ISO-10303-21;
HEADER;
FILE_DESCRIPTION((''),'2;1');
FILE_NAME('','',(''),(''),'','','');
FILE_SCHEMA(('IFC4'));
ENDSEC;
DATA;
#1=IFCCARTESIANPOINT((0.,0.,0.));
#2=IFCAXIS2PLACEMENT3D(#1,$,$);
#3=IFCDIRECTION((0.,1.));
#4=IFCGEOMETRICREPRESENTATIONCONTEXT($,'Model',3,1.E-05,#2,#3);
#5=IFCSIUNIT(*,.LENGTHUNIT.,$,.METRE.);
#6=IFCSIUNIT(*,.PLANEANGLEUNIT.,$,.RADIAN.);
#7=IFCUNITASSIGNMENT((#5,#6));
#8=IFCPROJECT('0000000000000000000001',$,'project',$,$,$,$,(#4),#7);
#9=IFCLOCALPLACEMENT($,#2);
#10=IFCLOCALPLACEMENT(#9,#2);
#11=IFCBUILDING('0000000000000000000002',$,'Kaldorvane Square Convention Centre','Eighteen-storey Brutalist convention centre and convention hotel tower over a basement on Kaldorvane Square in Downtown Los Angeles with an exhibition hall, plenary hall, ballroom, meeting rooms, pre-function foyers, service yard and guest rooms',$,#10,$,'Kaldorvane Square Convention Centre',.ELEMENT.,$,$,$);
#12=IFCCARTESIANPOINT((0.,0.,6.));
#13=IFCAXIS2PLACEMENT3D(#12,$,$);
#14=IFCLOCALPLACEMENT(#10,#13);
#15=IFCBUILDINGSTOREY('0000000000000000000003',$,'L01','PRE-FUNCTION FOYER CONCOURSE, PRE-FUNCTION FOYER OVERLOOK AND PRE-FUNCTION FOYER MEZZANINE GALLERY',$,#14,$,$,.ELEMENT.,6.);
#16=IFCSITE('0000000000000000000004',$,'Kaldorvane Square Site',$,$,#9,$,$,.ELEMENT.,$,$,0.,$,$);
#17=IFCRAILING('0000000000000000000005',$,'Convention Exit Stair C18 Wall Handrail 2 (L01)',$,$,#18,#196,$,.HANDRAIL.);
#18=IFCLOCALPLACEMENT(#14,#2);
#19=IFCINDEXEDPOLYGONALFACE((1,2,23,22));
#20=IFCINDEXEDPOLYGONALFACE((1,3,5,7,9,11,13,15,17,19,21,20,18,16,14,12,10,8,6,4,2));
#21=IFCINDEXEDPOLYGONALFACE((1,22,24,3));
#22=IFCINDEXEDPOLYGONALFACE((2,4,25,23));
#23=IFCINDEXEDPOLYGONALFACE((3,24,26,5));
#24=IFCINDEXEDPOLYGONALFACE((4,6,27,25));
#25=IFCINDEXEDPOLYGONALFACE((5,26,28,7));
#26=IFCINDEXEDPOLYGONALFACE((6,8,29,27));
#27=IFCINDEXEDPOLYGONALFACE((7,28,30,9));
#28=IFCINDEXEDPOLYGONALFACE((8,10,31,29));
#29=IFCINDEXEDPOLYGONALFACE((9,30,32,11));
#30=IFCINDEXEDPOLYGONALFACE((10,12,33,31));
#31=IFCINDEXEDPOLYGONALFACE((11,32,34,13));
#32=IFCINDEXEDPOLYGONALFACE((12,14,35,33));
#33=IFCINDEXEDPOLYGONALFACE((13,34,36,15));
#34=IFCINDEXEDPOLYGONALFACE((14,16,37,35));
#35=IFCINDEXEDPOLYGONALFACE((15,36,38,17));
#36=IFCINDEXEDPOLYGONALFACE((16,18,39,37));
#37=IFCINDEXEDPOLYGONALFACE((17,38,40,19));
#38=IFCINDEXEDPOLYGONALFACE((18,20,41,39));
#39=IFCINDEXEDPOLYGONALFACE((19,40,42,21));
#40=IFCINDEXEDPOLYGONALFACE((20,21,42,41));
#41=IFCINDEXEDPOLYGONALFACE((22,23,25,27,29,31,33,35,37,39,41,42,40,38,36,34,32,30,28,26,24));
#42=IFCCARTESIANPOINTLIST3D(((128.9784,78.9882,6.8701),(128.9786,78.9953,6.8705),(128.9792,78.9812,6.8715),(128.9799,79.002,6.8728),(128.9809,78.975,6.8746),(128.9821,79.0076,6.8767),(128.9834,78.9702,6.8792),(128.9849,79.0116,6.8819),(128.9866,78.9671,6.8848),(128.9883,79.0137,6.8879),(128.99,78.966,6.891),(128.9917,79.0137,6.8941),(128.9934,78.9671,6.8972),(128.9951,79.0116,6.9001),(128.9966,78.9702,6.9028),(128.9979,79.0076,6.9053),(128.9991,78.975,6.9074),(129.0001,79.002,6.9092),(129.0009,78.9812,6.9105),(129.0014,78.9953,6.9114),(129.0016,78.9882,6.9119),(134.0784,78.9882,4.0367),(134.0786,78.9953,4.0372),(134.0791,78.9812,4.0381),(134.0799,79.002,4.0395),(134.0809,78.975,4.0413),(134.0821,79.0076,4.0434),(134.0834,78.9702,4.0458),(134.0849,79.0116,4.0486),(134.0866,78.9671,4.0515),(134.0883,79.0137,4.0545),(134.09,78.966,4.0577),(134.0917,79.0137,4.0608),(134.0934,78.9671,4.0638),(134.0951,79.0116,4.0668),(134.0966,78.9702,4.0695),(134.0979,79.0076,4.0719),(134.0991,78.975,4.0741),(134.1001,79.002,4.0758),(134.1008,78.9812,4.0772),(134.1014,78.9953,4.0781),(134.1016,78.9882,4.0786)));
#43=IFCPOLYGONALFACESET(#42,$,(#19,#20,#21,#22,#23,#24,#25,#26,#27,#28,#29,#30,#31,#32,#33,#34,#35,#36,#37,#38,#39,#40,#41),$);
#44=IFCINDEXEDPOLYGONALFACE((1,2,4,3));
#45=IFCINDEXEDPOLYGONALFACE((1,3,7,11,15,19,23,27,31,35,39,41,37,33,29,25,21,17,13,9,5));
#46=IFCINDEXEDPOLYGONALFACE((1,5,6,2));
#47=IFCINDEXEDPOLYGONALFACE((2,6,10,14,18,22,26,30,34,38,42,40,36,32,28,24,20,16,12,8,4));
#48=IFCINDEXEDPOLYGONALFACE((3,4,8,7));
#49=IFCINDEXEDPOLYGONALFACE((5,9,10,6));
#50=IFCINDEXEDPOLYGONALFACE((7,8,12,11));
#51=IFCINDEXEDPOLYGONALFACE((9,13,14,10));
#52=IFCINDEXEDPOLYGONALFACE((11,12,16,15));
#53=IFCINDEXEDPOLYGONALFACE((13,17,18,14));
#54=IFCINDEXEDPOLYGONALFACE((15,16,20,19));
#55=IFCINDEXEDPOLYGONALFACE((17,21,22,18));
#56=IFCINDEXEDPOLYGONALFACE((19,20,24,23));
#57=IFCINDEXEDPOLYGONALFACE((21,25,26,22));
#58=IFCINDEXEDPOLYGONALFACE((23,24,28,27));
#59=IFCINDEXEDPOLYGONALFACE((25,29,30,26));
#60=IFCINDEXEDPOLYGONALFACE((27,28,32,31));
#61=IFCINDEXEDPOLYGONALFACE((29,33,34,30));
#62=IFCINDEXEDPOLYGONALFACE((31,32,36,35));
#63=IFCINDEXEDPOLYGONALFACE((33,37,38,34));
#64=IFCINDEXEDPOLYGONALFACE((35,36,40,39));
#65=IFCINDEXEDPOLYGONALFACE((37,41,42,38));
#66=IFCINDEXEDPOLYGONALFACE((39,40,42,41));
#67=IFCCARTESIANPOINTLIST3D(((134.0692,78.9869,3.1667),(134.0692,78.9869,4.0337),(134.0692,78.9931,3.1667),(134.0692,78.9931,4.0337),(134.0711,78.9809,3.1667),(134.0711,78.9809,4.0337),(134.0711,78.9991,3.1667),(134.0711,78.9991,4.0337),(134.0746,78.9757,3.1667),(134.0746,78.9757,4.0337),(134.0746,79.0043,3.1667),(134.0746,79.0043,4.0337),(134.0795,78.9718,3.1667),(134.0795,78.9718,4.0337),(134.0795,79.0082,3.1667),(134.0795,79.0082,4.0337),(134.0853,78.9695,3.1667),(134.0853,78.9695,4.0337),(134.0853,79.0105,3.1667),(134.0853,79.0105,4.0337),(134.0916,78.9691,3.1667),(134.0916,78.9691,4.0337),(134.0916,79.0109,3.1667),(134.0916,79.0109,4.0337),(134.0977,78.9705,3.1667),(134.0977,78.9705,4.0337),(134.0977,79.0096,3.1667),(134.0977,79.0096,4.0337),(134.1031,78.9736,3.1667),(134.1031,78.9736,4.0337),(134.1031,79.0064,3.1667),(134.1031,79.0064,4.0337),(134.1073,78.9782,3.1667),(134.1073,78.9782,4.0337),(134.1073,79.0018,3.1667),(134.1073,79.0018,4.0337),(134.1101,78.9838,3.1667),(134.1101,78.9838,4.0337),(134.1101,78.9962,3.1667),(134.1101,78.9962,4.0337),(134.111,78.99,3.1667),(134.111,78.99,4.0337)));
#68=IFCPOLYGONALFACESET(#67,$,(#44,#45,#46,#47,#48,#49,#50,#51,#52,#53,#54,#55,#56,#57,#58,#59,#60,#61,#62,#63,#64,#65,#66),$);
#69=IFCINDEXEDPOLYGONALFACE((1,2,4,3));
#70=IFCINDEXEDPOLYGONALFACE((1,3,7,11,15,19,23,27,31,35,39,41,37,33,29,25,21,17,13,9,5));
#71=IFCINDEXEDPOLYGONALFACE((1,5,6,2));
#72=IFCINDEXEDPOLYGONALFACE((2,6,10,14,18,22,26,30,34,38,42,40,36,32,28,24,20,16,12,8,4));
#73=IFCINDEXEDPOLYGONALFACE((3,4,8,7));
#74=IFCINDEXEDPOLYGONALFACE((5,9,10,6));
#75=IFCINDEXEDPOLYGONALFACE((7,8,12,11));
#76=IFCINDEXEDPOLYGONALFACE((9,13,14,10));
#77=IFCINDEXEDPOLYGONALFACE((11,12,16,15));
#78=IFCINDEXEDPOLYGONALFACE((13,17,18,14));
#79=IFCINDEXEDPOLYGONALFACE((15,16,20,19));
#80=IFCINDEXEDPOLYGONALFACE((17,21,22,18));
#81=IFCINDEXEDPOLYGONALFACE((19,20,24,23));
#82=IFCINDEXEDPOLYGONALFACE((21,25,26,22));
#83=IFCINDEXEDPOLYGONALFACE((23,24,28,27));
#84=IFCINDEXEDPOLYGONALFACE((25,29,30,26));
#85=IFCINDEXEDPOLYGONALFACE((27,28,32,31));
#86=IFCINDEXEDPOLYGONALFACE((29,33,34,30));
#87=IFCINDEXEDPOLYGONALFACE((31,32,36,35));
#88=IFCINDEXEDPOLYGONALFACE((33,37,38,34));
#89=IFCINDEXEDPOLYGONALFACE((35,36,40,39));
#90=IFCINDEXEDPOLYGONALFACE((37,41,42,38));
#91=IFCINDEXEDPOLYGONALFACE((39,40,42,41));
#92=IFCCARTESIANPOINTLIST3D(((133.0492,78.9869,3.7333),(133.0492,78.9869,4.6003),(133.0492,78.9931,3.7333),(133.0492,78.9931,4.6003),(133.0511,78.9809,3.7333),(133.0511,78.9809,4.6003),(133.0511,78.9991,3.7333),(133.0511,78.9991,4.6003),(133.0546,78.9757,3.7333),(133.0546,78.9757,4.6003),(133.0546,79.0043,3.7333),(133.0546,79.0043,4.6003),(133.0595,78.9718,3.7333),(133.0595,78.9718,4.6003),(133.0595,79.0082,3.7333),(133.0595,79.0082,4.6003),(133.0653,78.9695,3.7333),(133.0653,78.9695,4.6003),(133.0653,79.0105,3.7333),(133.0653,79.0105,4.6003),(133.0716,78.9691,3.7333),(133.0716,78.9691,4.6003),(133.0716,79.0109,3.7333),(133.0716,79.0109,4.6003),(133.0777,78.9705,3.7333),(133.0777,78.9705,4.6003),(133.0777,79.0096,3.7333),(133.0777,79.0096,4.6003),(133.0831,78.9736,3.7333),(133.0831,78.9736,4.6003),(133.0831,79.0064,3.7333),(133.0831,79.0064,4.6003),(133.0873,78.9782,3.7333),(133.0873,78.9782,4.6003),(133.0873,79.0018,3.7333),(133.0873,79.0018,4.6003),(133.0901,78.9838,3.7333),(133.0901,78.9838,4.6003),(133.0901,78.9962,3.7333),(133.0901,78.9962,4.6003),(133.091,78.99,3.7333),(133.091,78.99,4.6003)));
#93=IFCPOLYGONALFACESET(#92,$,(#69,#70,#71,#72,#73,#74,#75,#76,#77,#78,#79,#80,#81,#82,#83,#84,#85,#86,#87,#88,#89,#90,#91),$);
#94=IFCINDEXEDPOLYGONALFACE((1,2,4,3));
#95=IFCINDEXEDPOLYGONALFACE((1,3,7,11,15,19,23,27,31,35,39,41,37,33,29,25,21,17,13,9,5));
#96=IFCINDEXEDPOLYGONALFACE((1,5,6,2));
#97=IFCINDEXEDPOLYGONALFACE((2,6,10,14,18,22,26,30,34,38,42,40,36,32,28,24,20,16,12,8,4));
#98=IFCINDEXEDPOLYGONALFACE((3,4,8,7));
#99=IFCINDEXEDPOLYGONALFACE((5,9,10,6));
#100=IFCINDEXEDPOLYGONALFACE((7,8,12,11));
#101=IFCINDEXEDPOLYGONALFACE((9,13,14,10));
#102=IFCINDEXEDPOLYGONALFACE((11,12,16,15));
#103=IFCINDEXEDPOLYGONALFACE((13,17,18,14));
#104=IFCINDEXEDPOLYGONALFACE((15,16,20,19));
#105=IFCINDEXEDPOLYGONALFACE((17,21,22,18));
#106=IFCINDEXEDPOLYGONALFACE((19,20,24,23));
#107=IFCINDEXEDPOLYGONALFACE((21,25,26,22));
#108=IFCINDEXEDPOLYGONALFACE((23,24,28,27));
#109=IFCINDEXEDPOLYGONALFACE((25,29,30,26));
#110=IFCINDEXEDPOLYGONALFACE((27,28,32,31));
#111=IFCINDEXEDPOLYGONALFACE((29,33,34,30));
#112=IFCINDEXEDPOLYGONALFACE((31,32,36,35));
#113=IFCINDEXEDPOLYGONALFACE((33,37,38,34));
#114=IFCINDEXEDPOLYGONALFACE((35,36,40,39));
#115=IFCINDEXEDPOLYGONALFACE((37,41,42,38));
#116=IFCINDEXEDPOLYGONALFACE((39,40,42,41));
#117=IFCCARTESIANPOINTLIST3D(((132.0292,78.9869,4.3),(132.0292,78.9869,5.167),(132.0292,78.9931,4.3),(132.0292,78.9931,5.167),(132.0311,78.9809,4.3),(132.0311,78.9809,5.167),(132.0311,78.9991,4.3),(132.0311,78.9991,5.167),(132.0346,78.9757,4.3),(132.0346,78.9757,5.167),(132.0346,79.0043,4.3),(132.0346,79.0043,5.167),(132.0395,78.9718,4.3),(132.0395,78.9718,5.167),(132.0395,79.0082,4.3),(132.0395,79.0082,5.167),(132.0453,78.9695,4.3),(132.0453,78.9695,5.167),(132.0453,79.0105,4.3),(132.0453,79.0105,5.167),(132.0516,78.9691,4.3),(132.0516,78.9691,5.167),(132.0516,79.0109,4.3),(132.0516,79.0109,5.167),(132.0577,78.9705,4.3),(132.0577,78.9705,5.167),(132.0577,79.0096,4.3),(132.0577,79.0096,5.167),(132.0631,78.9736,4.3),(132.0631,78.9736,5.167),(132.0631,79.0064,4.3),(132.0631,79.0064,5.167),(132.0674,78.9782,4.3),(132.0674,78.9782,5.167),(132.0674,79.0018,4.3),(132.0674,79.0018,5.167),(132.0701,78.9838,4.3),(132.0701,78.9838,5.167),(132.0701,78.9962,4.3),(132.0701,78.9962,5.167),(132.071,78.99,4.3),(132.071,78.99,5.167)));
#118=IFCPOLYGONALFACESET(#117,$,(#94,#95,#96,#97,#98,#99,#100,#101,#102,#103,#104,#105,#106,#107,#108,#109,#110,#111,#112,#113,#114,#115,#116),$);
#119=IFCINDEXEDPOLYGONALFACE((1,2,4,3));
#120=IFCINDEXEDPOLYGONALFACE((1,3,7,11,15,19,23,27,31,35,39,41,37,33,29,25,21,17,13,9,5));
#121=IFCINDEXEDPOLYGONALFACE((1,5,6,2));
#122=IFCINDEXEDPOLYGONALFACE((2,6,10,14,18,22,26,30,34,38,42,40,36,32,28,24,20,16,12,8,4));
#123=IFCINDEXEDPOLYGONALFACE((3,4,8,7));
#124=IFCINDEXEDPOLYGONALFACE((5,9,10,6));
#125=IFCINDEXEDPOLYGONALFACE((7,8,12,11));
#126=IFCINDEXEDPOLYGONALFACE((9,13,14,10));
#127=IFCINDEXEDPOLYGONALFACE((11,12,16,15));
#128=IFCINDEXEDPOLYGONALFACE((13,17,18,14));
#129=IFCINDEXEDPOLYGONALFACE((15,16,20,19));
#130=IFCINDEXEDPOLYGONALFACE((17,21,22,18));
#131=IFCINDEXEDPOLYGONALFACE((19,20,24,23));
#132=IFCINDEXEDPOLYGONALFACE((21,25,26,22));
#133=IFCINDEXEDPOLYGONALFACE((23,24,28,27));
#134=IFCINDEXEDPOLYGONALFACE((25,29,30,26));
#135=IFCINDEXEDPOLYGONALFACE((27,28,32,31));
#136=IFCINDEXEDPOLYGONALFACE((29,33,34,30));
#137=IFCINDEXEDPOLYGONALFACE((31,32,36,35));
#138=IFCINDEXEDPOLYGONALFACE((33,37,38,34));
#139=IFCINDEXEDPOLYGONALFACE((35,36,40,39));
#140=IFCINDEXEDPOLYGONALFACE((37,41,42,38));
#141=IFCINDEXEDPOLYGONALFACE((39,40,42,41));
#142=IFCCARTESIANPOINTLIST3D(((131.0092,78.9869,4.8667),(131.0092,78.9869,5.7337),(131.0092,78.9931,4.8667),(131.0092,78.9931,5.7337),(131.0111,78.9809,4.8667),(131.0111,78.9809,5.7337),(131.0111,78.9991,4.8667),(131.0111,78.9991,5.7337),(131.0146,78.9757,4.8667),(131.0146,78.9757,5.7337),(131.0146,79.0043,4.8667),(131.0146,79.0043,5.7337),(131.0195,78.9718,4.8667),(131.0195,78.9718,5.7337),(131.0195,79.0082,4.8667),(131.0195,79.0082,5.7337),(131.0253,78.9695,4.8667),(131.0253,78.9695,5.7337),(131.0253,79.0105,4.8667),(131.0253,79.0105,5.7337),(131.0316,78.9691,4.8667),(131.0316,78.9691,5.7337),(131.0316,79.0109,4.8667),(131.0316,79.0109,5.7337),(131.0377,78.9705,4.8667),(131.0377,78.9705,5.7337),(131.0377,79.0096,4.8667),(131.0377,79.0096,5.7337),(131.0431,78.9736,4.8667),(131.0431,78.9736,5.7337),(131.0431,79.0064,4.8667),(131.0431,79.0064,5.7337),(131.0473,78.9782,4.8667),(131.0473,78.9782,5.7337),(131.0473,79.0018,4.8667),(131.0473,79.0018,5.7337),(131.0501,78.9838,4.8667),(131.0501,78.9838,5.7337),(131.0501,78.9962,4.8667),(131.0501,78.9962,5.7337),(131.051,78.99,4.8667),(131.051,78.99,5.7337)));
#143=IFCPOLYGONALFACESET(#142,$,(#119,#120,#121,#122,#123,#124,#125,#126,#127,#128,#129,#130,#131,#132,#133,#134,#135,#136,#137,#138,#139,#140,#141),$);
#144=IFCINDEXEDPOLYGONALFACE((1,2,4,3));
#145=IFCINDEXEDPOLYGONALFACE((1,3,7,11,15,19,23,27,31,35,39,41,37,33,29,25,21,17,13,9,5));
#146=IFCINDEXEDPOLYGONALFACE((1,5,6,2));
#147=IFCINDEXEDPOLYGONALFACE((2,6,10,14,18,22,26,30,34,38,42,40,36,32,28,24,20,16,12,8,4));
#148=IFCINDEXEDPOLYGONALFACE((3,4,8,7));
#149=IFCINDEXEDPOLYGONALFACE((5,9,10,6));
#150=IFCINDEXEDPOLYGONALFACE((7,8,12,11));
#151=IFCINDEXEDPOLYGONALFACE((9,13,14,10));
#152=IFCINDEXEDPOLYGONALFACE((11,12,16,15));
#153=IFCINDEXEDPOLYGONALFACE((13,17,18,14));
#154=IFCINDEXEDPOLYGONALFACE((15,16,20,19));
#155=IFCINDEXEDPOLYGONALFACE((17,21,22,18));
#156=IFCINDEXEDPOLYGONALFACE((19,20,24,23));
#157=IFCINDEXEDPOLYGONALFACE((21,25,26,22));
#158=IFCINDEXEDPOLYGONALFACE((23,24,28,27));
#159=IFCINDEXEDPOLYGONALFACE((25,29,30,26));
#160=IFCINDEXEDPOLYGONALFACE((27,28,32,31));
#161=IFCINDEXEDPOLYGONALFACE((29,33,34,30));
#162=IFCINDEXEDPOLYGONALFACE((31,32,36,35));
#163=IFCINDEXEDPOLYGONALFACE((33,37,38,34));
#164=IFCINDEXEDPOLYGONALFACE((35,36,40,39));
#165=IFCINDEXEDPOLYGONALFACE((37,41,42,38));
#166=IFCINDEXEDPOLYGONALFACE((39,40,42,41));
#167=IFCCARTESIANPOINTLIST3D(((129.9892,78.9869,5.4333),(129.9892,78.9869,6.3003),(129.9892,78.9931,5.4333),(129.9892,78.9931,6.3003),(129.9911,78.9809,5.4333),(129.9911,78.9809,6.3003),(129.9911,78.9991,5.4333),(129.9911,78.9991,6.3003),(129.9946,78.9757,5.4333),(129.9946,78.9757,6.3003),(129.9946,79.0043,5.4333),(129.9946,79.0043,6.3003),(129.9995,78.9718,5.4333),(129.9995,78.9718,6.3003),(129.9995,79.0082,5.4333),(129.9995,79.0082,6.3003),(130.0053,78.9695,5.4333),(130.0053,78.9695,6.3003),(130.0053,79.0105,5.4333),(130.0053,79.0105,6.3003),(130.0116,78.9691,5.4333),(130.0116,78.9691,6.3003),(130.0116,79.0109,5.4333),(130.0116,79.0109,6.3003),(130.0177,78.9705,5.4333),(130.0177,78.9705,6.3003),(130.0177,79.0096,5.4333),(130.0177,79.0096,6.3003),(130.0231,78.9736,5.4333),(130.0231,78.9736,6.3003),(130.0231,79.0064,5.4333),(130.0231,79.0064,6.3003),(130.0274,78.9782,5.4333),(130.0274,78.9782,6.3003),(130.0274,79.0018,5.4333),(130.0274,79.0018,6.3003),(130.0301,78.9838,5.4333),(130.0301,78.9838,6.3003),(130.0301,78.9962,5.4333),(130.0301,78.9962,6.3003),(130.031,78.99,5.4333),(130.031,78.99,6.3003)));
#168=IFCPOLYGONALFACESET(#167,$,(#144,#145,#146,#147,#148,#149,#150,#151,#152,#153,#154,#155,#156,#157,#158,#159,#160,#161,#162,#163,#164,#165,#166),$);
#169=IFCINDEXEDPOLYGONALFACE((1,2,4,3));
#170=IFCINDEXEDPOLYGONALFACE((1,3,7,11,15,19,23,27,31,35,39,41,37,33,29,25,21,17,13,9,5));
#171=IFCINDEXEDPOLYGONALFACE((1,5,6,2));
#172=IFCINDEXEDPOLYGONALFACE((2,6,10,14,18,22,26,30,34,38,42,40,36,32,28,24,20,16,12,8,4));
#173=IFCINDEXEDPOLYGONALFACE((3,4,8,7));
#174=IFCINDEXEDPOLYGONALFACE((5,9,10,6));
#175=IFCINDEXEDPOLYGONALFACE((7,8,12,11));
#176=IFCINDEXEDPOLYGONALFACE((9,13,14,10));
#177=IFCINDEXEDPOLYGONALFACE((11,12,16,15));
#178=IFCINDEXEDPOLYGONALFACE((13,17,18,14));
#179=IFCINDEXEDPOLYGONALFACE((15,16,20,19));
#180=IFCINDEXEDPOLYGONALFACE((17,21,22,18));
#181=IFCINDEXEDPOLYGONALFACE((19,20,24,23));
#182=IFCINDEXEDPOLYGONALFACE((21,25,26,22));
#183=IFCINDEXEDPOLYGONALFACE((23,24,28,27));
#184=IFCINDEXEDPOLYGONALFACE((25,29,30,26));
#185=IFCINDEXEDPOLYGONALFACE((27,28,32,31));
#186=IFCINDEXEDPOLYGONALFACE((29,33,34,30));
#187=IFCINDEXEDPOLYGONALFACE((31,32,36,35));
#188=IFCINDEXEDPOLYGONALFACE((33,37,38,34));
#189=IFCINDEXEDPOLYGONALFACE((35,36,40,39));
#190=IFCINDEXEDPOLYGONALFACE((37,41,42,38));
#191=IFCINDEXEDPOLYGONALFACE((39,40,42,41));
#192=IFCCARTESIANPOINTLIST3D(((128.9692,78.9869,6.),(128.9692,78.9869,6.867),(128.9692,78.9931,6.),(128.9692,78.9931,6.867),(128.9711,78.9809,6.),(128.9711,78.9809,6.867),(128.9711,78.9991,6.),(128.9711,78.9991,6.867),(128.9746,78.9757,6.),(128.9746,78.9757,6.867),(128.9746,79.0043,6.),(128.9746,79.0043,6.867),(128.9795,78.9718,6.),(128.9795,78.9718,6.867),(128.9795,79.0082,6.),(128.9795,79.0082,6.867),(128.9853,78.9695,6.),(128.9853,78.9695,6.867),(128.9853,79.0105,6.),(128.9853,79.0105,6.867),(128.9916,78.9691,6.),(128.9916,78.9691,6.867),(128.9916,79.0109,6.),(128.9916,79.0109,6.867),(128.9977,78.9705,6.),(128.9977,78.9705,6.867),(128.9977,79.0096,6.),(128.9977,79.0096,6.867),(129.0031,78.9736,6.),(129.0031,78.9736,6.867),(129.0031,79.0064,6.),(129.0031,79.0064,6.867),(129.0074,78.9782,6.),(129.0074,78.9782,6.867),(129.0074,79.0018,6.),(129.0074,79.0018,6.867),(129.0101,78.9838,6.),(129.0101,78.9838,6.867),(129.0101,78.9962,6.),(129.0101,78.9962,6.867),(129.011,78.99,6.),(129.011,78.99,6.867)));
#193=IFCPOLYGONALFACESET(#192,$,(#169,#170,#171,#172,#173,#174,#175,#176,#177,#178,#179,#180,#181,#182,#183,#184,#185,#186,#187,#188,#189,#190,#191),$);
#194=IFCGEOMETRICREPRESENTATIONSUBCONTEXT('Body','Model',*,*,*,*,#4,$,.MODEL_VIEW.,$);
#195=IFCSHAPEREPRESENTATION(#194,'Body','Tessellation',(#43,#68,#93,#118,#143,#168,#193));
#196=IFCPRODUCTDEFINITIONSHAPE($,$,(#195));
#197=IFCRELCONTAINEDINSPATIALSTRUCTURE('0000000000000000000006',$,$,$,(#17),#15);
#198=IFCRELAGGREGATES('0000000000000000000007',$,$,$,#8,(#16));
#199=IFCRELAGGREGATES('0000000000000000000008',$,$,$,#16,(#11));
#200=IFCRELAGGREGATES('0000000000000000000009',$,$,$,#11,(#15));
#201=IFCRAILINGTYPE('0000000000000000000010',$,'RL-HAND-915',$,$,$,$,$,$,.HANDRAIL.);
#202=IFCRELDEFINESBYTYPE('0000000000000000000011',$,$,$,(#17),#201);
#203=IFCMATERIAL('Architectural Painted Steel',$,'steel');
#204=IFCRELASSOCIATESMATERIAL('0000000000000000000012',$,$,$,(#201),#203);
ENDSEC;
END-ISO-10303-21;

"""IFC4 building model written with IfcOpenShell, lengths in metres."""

from ifc_helpers import new_model, si_unit, direction, frame, origin, origin_2d, place, context, subcontext, project, spatial, circle, extrude, material, type_object, element, save


model = new_model("IFC4")

# Units and contexts
model_context = context("Model", 3, precision=1e-05, world=origin(), true_north=direction((0.0, 1.0)))
body_context = subcontext(model_context, "Body", "Model", "MODEL_VIEW")
ifc_project = project(units=[si_unit("LENGTHUNIT", "METRE"), si_unit("PLANEANGLEUNIT", "RADIAN")], contexts=[model_context])

# Site, building, storey
site_placement = place(None, origin())
site = spatial("IfcSite", under=ifc_project, at=site_placement, Name="Kaldorvane Square Site", CompositionType="ELEMENT", RefElevation=0.0)
building_placement = place(site_placement, origin())
building = spatial("IfcBuilding", under=site, at=building_placement, Name="Kaldorvane Square Convention Centre", Description="Eighteen-storey Brutalist convention centre and convention hotel tower over a basement on Kaldorvane Square in Downtown Los Angeles with an exhibition hall, plenary hall, ballroom, meeting rooms, pre-function foyers, service yard and guest rooms", LongName="Kaldorvane Square Convention Centre", CompositionType="ELEMENT")
storey_placement = place(building_placement, frame((0.0, 0.0, 6.0)))
storey = spatial("IfcBuildingStorey", under=building, at=storey_placement, Name="L01", Description="PRE-FUNCTION FOYER CONCOURSE, PRE-FUNCTION FOYER OVERLOOK AND PRE-FUNCTION FOYER MEZZANINE GALLERY", CompositionType="ELEMENT", Elevation=6.0)

# Railing
ifc_material_1 = material(Name="Architectural Painted Steel", Category="steel")
railing_type = type_object("IfcRailingType", Name="RL-HAND-915", PredefinedType="HANDRAIL", material=ifc_material_1)
railing_placement = place(storey_placement, frame((134.09, 78.99, 3.1667)))
element("IfcRailing", 1, at=railing_placement, inside=storey, type_object=railing_type, Name="Convention Exit Stair C18 Wall Handrail 2 (L01)", PredefinedType="HANDRAIL", context=body_context, shape_type="SweptSolid", body=[
    extrude(circle(Radius=0.024, at=origin_2d()), frame((0.0, 0.0, 0.891), z_axis=(-0.874157, 0.0, 0.485643), x_axis=(0.0, -1.0, 0.0)), (0.0, 0.0, 1.0), 5.8342),
    extrude(circle(Radius=0.021, at=origin_2d()), origin(), (0.0, 0.0, 1.0), 0.867),
    extrude(circle(Radius=0.021, at=origin_2d()), frame((-1.02, 0.0, 0.5667)), (0.0, 0.0, 1.0), 0.867),
    extrude(circle(Radius=0.021, at=origin_2d()), frame((-2.04, 0.0, 1.1333)), (0.0, 0.0, 1.0), 0.867),
    extrude(circle(Radius=0.021, at=origin_2d()), frame((-3.06, 0.0, 1.7)), (0.0, 0.0, 1.0), 0.867),
    extrude(circle(Radius=0.021, at=origin_2d()), frame((-4.08, 0.0, 2.2667)), (0.0, 0.0, 1.0), 0.867),
    extrude(circle(Radius=0.021, at=origin_2d()), frame((-5.1, 0.0, 2.8333)), (0.0, 0.0, 1.0), 0.867),
])

save(model, "model.ifc")
